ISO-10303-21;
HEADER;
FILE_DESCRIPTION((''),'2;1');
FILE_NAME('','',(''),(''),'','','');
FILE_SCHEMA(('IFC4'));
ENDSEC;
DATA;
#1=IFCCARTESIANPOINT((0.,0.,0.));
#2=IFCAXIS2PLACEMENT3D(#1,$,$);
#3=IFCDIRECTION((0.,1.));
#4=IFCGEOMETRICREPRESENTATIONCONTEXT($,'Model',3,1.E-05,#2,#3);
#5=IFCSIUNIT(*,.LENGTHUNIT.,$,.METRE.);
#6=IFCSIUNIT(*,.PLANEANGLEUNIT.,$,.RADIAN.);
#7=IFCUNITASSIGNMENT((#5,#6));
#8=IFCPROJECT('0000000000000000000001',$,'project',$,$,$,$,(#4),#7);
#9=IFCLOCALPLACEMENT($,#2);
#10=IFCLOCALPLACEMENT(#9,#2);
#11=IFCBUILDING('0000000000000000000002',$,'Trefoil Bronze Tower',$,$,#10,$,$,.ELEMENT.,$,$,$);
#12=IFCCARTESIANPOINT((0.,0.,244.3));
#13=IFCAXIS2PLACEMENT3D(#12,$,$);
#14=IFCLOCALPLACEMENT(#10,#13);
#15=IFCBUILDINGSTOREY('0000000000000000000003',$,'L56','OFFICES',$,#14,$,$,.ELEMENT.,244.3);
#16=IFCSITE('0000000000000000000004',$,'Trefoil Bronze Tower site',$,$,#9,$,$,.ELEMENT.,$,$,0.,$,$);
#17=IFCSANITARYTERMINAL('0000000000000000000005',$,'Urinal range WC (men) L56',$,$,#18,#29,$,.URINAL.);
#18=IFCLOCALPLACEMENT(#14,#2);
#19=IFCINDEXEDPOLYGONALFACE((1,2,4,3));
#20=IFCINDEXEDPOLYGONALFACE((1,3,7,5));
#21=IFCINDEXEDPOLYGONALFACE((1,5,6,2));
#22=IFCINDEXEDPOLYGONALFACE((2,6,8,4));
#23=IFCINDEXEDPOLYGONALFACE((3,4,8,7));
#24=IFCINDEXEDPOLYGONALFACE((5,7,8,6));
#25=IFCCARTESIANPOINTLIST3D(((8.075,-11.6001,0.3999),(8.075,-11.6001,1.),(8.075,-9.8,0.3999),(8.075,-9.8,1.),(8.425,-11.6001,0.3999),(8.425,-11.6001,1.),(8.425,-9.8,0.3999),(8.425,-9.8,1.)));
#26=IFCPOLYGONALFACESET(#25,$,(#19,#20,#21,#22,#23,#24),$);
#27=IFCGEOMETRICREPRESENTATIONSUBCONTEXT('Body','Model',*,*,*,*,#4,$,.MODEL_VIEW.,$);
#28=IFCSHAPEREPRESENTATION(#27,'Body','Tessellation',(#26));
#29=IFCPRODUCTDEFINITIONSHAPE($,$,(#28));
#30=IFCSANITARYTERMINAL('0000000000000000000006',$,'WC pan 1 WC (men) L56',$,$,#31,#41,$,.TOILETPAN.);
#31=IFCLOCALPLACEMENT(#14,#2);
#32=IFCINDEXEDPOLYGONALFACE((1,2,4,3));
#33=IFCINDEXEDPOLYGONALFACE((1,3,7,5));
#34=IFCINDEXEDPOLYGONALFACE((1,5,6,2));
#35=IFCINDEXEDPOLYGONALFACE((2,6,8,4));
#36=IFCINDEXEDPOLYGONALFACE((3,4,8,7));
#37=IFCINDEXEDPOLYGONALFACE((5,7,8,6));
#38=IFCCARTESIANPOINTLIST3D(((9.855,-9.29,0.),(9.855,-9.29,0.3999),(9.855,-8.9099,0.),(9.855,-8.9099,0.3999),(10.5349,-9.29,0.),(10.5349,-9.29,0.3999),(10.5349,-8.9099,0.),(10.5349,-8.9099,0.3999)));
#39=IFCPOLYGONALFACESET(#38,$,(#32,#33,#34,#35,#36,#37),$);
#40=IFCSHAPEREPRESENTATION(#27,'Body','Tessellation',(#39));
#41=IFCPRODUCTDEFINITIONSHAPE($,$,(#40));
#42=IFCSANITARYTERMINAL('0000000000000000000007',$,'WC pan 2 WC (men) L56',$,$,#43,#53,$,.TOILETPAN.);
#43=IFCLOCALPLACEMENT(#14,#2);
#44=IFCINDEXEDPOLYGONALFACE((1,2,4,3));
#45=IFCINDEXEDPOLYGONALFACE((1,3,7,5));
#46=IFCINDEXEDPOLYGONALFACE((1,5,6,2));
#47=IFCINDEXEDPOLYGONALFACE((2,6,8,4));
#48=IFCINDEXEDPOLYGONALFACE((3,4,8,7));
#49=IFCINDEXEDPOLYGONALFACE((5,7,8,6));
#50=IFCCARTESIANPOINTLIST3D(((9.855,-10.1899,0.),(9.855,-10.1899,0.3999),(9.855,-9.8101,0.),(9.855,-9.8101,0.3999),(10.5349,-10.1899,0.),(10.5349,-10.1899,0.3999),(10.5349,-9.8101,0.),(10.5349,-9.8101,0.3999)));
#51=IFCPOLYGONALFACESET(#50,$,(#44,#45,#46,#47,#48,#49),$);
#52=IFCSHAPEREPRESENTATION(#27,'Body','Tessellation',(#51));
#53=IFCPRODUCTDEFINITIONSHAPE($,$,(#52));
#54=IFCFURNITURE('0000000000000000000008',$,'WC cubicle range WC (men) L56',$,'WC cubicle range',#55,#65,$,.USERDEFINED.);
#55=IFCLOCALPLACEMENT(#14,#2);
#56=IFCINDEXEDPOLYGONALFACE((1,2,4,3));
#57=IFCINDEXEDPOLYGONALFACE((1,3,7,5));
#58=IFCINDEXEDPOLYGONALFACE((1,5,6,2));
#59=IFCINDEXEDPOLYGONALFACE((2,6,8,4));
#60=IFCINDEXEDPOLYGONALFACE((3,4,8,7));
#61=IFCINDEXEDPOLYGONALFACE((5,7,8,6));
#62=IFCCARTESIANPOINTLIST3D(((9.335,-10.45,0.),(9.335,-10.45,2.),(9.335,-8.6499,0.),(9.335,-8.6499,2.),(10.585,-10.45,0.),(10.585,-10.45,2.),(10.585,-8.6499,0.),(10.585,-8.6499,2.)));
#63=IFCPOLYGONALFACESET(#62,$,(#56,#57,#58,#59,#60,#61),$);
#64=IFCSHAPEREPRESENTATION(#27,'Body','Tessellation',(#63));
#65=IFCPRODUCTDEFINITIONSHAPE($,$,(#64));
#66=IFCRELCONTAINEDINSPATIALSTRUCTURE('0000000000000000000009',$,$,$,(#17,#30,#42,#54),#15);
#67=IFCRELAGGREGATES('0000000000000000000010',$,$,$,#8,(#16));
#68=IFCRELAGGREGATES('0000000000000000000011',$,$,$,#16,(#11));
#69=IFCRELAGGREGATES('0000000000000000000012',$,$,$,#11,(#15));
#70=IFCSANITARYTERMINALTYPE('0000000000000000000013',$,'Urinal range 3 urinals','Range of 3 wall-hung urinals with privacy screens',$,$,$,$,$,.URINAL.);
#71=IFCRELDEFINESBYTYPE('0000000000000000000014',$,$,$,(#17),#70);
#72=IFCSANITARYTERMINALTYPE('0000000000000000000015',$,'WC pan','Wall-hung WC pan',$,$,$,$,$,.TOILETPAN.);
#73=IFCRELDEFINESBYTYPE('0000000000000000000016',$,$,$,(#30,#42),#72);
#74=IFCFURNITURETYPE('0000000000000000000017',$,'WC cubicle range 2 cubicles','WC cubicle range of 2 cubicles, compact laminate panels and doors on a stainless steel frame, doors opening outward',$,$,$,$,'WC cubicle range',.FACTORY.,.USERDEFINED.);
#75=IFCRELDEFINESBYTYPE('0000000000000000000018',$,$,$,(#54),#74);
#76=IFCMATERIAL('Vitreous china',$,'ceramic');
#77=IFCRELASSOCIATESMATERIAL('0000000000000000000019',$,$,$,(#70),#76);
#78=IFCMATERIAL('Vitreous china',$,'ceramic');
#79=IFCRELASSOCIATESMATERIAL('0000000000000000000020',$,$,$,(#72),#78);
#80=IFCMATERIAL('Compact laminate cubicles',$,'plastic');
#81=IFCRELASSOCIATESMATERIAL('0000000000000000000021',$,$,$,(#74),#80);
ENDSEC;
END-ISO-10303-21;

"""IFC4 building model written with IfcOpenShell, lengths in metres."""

from ifc_helpers import new_model, si_unit, direction, frame, origin, place, context, subcontext, project, spatial, polyline, outline, extrude, material, type_object, element, save


model = new_model("IFC4")

# Units and contexts
model_context = context("Model", 3, precision=1e-05, world=origin(), true_north=direction((0.0, 1.0)))
body_context = subcontext(model_context, "Body", "Model", "MODEL_VIEW")
ifc_project = project(units=[si_unit("LENGTHUNIT", "METRE"), si_unit("PLANEANGLEUNIT", "RADIAN")], contexts=[model_context])

# Site, building, storey
site_placement = place(None, origin())
site = spatial("IfcSite", under=ifc_project, at=site_placement, Name="Trefoil Bronze Tower site", CompositionType="ELEMENT", RefElevation=0.0)
building_placement = place(site_placement, origin())
building = spatial("IfcBuilding", under=site, at=building_placement, Name="Trefoil Bronze Tower", CompositionType="ELEMENT")
storey_placement = place(building_placement, frame((0.0, 0.0, 244.3)))
storey = spatial("IfcBuildingStorey", under=building, at=storey_placement, Name="L56", Description="OFFICES", CompositionType="ELEMENT", Elevation=244.3)

# Sanitary terminals
ifc_material_1 = material(Name="Vitreous china", Category="ceramic")
sanitary_terminal_type_1 = type_object("IfcSanitaryTerminalType", Name="Urinal range 3 urinals", Description="Range of 3 wall-hung urinals with privacy screens", PredefinedType="URINAL", material=ifc_material_1)
sanitary_terminal_1_placement = place(storey_placement, frame((0.0, 0.0, 0.3999)))
element("IfcSanitaryTerminal", 1, at=sanitary_terminal_1_placement, inside=storey, type_object=sanitary_terminal_type_1, Name="Urinal range WC (men) L56", PredefinedType="URINAL", context=body_context, shape_type="SweptSolid", body=[
    extrude(outline(polyline([(8.075, -9.8), (8.425, -9.8), (8.425, -11.6001), (8.075, -11.6001), (8.075, -9.8)])), origin(), (0.0, 0.0, 1.0), 0.6001),
])
ifc_material_2 = material(Name="Vitreous china", Category="ceramic")
sanitary_terminal_type_2 = type_object("IfcSanitaryTerminalType", Name="WC pan", Description="Wall-hung WC pan", PredefinedType="TOILETPAN", material=ifc_material_2)
sanitary_terminal_2_placement = place(storey_placement, origin())
element("IfcSanitaryTerminal", 2, at=sanitary_terminal_2_placement, inside=storey, type_object=sanitary_terminal_type_2, Name="WC pan 1 WC (men) L56", PredefinedType="TOILETPAN", context=body_context, shape_type="SweptSolid", body=[
    extrude(outline(polyline([(9.855, -8.9099), (10.5349, -8.9099), (10.5349, -9.29), (9.855, -9.29), (9.855, -8.9099)])), origin(), (0.0, 0.0, 1.0), 0.3999),
])
sanitary_terminal_3_placement = place(storey_placement, origin())
element("IfcSanitaryTerminal", 3, at=sanitary_terminal_3_placement, inside=storey, type_object=sanitary_terminal_type_2, Name="WC pan 2 WC (men) L56", PredefinedType="TOILETPAN", context=body_context, shape_type="SweptSolid", body=[
    extrude(outline(polyline([(9.855, -9.8101), (10.5349, -9.8101), (10.5349, -10.1899), (9.855, -10.1899), (9.855, -9.8101)])), origin(), (0.0, 0.0, 1.0), 0.3999),
])

# Furniture
ifc_material_3 = material(Name="Compact laminate cubicles", Category="plastic")
furniture_type = type_object("IfcFurnitureType", Name="WC cubicle range 2 cubicles", Description="WC cubicle range of 2 cubicles, compact laminate panels and doors on a stainless steel frame, doors opening outward", ElementType="WC cubicle range", AssemblyPlace="FACTORY", PredefinedType="USERDEFINED", material=ifc_material_3)
furniture_placement = place(storey_placement, origin())
element("IfcFurniture", 4, at=furniture_placement, inside=storey, type_object=furniture_type, Name="WC cubicle range WC (men) L56", ObjectType="WC cubicle range", PredefinedType="USERDEFINED", context=body_context, shape_type="SweptSolid", body=[
    extrude(outline(polyline([(9.335, -8.6499), (10.585, -8.6499), (10.585, -10.45), (9.335, -10.45), (9.335, -8.6499)])), origin(), (0.0, 0.0, 1.0), 2.0),
])

save(model, "model.ifc")
